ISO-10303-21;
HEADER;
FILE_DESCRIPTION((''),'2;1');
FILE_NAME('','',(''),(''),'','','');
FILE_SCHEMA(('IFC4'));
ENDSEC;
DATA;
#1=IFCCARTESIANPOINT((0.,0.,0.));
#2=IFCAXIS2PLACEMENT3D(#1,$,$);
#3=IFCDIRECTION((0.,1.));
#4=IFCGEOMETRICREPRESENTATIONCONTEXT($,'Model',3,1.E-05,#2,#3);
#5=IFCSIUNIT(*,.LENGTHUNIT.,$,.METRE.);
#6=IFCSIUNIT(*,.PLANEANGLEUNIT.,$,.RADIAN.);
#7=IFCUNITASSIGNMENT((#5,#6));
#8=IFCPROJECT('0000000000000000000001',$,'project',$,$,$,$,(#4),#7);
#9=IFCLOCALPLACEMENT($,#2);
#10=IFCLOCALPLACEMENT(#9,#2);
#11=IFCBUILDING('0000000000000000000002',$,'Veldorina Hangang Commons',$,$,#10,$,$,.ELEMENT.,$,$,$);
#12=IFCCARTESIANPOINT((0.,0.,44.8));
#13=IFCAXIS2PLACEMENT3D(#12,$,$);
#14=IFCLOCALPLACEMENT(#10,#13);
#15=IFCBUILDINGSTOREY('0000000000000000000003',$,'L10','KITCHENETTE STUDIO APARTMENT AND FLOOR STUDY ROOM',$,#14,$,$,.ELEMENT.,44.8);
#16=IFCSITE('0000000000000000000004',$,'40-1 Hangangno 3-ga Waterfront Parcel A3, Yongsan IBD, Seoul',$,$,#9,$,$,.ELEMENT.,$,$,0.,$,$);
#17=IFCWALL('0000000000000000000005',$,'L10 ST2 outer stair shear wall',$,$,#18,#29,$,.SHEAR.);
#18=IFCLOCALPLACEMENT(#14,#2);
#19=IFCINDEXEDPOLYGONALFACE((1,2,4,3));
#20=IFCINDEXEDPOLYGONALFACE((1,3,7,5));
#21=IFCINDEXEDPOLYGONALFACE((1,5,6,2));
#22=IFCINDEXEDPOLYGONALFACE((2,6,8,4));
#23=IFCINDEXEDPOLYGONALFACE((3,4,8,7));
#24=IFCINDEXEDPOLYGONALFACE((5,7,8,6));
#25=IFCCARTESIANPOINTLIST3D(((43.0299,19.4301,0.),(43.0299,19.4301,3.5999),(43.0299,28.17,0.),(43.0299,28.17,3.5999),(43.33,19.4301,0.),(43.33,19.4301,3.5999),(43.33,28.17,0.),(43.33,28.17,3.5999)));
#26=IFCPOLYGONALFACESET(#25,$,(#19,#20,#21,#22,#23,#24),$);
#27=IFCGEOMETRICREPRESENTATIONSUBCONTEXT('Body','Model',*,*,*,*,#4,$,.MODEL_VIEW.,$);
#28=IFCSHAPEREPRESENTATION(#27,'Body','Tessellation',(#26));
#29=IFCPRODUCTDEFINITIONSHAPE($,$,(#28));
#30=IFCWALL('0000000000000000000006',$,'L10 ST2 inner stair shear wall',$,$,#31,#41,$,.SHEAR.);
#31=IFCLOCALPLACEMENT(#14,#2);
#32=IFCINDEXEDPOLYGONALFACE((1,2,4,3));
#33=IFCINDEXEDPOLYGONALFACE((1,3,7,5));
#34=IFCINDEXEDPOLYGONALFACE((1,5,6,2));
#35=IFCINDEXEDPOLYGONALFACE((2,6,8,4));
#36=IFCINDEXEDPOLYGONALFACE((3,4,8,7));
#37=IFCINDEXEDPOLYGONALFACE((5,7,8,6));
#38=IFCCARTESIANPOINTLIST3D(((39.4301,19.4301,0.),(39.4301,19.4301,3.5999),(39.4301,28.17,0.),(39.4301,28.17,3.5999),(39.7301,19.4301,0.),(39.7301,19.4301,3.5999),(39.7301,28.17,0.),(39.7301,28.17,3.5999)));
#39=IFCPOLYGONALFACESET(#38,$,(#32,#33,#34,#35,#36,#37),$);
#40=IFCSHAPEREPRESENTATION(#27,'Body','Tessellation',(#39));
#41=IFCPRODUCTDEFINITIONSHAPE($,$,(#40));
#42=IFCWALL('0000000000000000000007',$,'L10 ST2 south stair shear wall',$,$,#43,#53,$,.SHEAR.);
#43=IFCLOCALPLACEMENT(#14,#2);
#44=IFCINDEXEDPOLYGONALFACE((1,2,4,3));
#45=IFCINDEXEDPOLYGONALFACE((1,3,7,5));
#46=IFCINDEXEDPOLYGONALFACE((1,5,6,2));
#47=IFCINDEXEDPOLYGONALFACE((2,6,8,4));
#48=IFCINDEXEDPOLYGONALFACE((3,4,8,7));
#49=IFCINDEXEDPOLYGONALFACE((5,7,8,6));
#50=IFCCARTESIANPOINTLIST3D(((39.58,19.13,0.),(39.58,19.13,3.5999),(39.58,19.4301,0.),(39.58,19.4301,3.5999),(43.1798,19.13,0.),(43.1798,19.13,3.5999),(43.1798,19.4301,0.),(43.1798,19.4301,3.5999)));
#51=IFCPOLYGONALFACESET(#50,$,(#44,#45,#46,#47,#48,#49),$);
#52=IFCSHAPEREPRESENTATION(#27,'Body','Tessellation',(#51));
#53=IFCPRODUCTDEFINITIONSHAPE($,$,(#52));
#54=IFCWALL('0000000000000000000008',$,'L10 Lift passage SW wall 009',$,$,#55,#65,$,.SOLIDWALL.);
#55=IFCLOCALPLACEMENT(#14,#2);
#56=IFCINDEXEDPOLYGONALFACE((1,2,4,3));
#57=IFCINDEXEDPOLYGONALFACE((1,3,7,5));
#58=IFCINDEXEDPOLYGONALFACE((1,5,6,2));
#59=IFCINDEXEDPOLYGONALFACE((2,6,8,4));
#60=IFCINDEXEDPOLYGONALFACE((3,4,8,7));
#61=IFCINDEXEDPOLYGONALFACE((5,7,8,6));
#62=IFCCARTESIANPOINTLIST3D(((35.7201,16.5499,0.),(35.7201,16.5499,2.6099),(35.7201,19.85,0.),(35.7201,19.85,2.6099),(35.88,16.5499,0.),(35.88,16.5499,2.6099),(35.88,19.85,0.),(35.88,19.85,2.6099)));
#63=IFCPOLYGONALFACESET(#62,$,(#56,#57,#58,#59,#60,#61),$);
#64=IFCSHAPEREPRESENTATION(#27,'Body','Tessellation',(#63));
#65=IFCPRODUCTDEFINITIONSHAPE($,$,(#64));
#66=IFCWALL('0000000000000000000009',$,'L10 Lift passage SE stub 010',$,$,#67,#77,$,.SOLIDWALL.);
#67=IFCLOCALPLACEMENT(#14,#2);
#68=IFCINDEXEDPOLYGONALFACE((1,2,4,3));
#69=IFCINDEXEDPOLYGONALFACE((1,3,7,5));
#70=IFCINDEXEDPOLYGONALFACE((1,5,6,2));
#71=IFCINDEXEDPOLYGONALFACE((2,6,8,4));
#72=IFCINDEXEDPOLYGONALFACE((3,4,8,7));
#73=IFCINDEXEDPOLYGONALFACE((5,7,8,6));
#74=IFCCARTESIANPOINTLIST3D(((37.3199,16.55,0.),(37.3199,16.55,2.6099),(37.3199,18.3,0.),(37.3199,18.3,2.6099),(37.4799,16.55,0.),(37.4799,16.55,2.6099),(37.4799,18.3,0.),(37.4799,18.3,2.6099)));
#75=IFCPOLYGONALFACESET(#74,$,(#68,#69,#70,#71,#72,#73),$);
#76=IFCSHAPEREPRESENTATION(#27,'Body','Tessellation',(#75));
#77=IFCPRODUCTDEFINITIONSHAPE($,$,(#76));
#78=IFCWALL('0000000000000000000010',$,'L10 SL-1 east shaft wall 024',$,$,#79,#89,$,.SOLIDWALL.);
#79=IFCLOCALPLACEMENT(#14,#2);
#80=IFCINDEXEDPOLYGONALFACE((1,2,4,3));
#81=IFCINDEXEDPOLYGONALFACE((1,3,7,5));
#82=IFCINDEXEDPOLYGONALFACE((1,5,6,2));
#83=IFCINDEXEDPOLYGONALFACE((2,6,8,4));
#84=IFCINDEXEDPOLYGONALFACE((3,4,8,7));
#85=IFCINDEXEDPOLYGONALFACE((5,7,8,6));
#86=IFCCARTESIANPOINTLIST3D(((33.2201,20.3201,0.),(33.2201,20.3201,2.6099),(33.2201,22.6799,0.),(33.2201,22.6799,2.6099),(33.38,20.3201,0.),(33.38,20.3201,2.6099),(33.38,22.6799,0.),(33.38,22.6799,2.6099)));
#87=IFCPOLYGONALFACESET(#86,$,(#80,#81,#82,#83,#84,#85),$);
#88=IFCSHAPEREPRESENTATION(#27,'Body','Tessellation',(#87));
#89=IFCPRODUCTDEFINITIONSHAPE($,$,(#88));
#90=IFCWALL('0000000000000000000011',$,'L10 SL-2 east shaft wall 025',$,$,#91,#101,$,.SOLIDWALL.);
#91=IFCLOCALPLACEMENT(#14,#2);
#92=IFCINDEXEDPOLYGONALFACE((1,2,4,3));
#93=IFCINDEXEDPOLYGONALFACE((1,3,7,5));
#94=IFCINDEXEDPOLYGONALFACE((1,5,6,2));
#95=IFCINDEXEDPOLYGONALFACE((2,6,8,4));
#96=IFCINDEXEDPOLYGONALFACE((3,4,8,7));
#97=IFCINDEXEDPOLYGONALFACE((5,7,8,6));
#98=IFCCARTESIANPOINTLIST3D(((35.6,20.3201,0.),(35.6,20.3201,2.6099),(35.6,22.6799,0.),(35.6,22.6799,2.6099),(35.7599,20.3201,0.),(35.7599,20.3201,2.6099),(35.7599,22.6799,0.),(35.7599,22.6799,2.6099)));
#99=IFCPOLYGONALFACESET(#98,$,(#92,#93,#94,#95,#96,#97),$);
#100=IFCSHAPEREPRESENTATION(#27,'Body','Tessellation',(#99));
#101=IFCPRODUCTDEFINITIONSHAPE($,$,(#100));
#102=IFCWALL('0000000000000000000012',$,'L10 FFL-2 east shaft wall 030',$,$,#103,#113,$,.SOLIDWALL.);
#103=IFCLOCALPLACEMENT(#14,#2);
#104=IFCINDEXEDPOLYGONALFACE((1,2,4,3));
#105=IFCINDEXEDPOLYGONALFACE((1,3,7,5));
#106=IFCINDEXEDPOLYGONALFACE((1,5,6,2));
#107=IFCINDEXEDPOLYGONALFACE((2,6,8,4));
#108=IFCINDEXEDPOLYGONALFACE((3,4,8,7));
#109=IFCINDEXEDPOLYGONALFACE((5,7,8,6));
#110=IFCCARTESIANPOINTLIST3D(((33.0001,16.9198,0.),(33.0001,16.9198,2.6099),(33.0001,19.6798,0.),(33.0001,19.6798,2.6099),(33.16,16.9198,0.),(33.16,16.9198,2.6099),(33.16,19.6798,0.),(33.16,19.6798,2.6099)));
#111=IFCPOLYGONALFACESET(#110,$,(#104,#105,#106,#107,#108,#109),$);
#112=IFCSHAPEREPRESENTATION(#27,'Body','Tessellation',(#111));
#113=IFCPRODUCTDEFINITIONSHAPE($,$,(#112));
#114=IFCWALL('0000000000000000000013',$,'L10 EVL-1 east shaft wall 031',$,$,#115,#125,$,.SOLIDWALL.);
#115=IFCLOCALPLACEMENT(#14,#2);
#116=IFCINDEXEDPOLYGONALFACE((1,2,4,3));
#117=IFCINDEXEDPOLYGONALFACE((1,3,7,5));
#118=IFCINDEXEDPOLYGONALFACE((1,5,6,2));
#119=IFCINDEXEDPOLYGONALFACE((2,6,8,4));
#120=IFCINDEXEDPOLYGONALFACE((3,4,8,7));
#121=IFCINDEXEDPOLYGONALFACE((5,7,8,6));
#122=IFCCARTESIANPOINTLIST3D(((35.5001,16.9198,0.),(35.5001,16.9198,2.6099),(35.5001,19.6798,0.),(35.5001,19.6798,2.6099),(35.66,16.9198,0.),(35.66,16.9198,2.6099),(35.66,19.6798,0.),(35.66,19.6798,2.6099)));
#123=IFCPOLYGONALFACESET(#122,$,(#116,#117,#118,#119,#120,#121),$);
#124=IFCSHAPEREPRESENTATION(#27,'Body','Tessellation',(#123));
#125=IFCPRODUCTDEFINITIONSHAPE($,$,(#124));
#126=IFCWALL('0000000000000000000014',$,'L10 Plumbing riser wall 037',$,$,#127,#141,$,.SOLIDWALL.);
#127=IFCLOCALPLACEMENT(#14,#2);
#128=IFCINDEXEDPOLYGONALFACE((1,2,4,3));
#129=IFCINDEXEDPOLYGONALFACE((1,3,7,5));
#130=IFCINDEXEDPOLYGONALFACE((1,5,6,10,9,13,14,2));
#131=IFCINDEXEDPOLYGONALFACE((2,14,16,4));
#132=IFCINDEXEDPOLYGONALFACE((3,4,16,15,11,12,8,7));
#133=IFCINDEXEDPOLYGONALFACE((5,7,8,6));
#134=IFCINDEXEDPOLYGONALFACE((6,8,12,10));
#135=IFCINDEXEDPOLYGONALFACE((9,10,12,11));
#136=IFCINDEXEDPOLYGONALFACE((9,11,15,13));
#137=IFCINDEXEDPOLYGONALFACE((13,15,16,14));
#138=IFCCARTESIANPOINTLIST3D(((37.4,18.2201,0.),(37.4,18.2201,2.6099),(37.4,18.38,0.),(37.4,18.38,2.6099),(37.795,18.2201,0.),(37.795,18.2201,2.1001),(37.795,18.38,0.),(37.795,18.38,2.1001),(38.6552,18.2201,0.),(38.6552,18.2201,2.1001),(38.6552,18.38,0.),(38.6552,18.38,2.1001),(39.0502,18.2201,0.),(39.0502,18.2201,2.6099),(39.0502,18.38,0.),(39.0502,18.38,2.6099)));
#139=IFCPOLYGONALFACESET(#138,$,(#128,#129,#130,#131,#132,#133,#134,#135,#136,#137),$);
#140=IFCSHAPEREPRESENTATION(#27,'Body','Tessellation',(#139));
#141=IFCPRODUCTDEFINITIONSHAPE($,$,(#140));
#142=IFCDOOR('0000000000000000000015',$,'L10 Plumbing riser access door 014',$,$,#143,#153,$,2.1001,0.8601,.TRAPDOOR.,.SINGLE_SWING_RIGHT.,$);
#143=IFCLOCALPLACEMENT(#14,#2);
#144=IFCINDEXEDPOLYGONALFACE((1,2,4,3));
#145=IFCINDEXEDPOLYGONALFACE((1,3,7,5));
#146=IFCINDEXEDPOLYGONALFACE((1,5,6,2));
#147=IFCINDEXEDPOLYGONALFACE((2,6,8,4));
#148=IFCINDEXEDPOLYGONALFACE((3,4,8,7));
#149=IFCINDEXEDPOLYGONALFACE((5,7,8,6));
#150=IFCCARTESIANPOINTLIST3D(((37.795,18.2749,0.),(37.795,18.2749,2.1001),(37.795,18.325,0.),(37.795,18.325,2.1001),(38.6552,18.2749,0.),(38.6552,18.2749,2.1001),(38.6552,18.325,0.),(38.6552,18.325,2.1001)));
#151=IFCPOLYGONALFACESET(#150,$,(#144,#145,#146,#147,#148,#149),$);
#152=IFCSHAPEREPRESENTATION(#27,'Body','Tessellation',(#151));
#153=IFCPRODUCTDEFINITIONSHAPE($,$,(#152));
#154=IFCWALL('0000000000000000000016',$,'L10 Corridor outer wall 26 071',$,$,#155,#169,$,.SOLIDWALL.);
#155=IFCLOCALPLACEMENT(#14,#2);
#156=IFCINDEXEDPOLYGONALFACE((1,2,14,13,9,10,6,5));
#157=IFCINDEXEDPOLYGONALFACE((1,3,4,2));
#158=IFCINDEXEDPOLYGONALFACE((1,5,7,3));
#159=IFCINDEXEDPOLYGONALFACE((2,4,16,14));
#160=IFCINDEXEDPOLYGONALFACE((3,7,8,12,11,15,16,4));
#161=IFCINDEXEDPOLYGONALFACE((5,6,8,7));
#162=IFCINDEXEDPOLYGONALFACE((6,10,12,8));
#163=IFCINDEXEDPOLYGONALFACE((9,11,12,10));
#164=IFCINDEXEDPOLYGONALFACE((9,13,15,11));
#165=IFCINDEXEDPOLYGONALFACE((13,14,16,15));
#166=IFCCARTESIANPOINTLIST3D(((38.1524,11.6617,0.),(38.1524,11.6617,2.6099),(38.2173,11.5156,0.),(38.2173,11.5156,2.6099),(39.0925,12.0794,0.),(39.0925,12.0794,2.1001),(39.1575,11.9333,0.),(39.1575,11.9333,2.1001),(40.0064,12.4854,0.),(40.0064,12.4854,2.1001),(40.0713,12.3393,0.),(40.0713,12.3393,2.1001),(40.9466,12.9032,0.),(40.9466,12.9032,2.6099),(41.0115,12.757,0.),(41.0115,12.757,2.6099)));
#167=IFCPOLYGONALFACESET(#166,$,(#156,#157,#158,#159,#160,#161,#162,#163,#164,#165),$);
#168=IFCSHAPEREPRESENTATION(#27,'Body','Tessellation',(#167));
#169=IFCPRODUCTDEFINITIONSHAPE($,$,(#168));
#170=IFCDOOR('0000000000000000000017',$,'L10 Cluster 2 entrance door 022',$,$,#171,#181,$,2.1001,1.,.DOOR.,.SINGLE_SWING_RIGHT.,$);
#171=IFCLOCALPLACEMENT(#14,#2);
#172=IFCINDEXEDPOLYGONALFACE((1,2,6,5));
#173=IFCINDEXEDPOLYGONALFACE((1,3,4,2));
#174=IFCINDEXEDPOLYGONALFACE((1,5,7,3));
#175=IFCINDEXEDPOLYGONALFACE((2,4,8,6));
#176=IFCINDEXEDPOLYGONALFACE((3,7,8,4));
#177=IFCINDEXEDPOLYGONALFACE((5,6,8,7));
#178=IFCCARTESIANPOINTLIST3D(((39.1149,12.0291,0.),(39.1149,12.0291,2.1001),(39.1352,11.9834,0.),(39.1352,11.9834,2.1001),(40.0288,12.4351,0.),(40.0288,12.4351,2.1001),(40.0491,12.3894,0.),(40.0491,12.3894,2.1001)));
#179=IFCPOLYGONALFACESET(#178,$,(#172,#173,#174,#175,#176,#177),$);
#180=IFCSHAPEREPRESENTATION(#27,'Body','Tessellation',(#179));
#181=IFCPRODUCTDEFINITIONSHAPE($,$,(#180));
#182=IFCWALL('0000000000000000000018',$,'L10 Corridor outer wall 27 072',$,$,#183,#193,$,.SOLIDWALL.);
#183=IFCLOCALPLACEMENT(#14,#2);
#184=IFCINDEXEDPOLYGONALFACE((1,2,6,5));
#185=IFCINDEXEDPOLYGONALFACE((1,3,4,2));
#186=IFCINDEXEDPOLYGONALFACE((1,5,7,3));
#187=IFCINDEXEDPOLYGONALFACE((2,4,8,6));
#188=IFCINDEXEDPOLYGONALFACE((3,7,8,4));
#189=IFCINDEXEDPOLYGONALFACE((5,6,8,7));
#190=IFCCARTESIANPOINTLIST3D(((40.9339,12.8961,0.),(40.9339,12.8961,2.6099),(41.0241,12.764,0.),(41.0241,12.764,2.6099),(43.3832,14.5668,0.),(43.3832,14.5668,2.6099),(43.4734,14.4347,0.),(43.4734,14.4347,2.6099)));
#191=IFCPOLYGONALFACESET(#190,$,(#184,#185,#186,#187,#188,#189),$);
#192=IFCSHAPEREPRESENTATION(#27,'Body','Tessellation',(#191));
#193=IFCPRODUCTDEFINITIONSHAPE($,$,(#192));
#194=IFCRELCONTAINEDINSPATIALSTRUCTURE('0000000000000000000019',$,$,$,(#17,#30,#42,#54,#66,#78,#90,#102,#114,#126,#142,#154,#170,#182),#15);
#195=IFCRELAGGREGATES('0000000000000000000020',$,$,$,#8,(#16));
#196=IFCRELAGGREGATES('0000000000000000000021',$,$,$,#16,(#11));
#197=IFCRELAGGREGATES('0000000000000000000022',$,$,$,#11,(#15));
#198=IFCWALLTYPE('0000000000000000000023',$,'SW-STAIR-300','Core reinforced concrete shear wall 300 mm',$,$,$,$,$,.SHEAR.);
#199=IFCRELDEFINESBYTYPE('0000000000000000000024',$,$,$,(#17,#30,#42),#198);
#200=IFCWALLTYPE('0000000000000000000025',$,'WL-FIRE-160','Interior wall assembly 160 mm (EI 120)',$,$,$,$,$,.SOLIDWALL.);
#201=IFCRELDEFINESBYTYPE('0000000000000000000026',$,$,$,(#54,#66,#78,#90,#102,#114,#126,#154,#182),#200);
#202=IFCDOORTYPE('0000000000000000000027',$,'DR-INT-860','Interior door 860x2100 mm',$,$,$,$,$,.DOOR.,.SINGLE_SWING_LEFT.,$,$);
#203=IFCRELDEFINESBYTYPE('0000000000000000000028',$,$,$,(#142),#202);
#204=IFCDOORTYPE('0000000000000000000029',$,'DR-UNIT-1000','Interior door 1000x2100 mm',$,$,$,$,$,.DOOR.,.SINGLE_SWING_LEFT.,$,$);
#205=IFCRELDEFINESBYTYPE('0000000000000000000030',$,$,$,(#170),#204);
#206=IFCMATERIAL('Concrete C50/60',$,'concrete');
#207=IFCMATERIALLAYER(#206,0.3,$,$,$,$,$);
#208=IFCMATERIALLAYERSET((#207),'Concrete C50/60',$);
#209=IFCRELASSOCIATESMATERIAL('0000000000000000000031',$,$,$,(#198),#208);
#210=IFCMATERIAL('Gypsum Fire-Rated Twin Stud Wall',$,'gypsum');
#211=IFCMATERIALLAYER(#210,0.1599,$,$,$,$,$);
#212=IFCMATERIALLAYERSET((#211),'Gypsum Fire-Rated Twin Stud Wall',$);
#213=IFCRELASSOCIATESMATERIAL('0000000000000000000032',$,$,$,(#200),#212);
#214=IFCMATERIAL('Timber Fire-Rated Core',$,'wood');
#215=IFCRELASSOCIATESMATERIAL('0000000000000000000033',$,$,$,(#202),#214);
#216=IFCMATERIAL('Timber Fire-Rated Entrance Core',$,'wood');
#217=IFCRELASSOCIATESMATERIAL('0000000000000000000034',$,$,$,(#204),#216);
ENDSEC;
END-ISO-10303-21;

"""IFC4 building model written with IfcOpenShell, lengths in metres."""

from ifc_helpers import new_model, si_unit, direction, frame, frame_2d, origin, place, context, subcontext, project, spatial, rectangle, extrude, material, layer, layer_set, type_object, element, fill, save


model = new_model("IFC4")

# Units and contexts
model_context = context("Model", 3, precision=1e-05, world=origin(), true_north=direction((0.0, 1.0)))
body_context = subcontext(model_context, "Body", "Model", "MODEL_VIEW")
ifc_project = project(units=[si_unit("LENGTHUNIT", "METRE"), si_unit("PLANEANGLEUNIT", "RADIAN")], contexts=[model_context])

# Site, building, storey
site_placement = place(None, origin())
site = spatial("IfcSite", under=ifc_project, at=site_placement, Name="40-1 Hangangno 3-ga Waterfront Parcel A3, Yongsan IBD, Seoul", CompositionType="ELEMENT", RefElevation=0.0)
building_placement = place(site_placement, origin())
building = spatial("IfcBuilding", under=site, at=building_placement, Name="Veldorina Hangang Commons", CompositionType="ELEMENT")
storey_placement = place(building_placement, frame((0.0, 0.0, 44.8)))
storey = spatial("IfcBuildingStorey", under=building, at=storey_placement, Name="L10", Description="KITCHENETTE STUDIO APARTMENT AND FLOOR STUDY ROOM", CompositionType="ELEMENT", Elevation=44.8)

# Walls
ifc_material_1 = material(Name="Concrete C50/60", Category="concrete")
ifc_layer_1 = layer(ifc_material_1, 0.3)
ifc_layer_set_1 = layer_set([ifc_layer_1], Name="Concrete C50/60")
wall_type_1 = type_object("IfcWallType", Name="SW-STAIR-300", Description="Core reinforced concrete shear wall 300 mm", PredefinedType="SHEAR", material=ifc_layer_set_1)
for number, where, z_axis, x_axis, name in (
    (1, (43.1799, 19.4299, 0.0), (0.0, 0.0, 1.0), (0.0, 1.0, 0.0), "L10 ST2 outer stair shear wall"),
    (2, (39.5801, 19.4299, 0.0), (0.0, 0.0, 1.0), (0.0, 1.0, 0.0), "L10 ST2 inner stair shear wall"),
):
    element("IfcWall", number, at=place(storey_placement, frame(where, z_axis=z_axis, x_axis=x_axis)), inside=storey, type_object=wall_type_1, Name=name, PredefinedType="SHEAR", context=body_context, shape_type="SweptSolid", body=[
        extrude(rectangle(XDim=8.74, YDim=0.3, at=frame_2d((4.3701, 0.0))), origin(), (0.0, 0.0, 1.0), 3.5999),
    ])
wall_1_placement = place(storey_placement, frame((39.5801, 19.28, 0.0), z_axis=(0.0, 0.0, 1.0), x_axis=(1.0, 0.0, 0.0)))
element("IfcWall", 3, at=wall_1_placement, inside=storey, type_object=wall_type_1, Name="L10 ST2 south stair shear wall", PredefinedType="SHEAR", context=body_context, shape_type="SweptSolid", body=[
    extrude(rectangle(XDim=3.5999, YDim=0.3, at=frame_2d((1.7998, 0.0))), origin(), (0.0, 0.0, 1.0), 3.5999),
])
ifc_material_2 = material(Name="Gypsum Fire-Rated Twin Stud Wall", Category="gypsum")
ifc_layer_2 = layer(ifc_material_2, 0.1599)
ifc_layer_set_2 = layer_set([ifc_layer_2], Name="Gypsum Fire-Rated Twin Stud Wall")
wall_type_2 = type_object("IfcWallType", Name="WL-FIRE-160", Description="Interior wall assembly 160 mm (EI 120)", PredefinedType="SOLIDWALL", material=ifc_layer_set_2)
wall_2_placement = place(storey_placement, frame((35.8, 16.55, 0.0), z_axis=(0.0, 0.0, 1.0), x_axis=(0.0, 1.0, 0.0)))
element("IfcWall", 4, at=wall_2_placement, inside=storey, type_object=wall_type_2, Name="L10 Lift passage SW wall 009", PredefinedType="SOLIDWALL", context=body_context, shape_type="SweptSolid", body=[
    extrude(rectangle(XDim=3.3, YDim=0.1599, at=frame_2d((1.6499, 0.0))), origin(), (0.0, 0.0, 1.0), 2.6099),
])
wall_3_placement = place(storey_placement, frame((37.3999, 16.55, 0.0), z_axis=(0.0, 0.0, 1.0), x_axis=(0.0, 1.0, 0.0)))
element("IfcWall", 5, at=wall_3_placement, inside=storey, type_object=wall_type_2, Name="L10 Lift passage SE stub 010", PredefinedType="SOLIDWALL", context=body_context, shape_type="SweptSolid", body=[
    extrude(rectangle(XDim=1.75, YDim=0.1599, at=frame_2d((0.875, 0.0))), origin(), (0.0, 0.0, 1.0), 2.6099),
])
for number, where, z_axis, x_axis, name in (
    (6, (33.3, 20.3201, 0.0), (0.0, 0.0, 1.0), (0.0, 1.0, 0.0), "L10 SL-1 east shaft wall 024"),
    (7, (35.6799, 20.3201, 0.0), (0.0, 0.0, 1.0), (0.0, 1.0, 0.0), "L10 SL-2 east shaft wall 025"),
):
    element("IfcWall", number, at=place(storey_placement, frame(where, z_axis=z_axis, x_axis=x_axis)), inside=storey, type_object=wall_type_2, Name=name, PredefinedType="SOLIDWALL", context=body_context, shape_type="SweptSolid", body=[
        extrude(rectangle(XDim=2.3599, YDim=0.1599, at=frame_2d((1.1799, 0.0))), origin(), (0.0, 0.0, 1.0), 2.6099),
    ])
for number, where, z_axis, x_axis, name in (
    (8, (33.0801, 16.9199, 0.0), (0.0, 0.0, 1.0), (0.0, 1.0, 0.0), "L10 FFL-2 east shaft wall 030"),
    (9, (35.5801, 16.9199, 0.0), (0.0, 0.0, 1.0), (0.0, 1.0, 0.0), "L10 EVL-1 east shaft wall 031"),
):
    element("IfcWall", number, at=place(storey_placement, frame(where, z_axis=z_axis, x_axis=x_axis)), inside=storey, type_object=wall_type_2, Name=name, PredefinedType="SOLIDWALL", context=body_context, shape_type="SweptSolid", body=[
        extrude(rectangle(XDim=2.76, YDim=0.1599, at=frame_2d((1.3799, 0.0))), origin(), (0.0, 0.0, 1.0), 2.6099),
    ])

# Walls, openings, doors
wall_4_placement = place(storey_placement, frame((37.3999, 18.3, 0.0), z_axis=(0.0, 0.0, 1.0), x_axis=(1.0, 0.0, 0.0)))
wall_4 = element("IfcWall", 10, at=wall_4_placement, inside=storey, type_object=wall_type_2, Name="L10 Plumbing riser wall 037", PredefinedType="SOLIDWALL", context=body_context, shape_type="SweptSolid", body=[
    extrude(rectangle(XDim=1.6501, YDim=0.1599, at=frame_2d((0.8252, 0.0))), origin(), (0.0, 0.0, 1.0), 2.6099),
])
opening_1_placement = place(wall_4_placement, frame((0.395, 0.0, 0.0)))
opening_1 = element("IfcOpeningElement", 11, at=opening_1_placement, cuts=wall_4, PredefinedType="OPENING", context=body_context, shape_type="SweptSolid", body=[
    extrude(rectangle(XDim=0.8601, YDim=2.1001, at=frame_2d((0.4302, 1.05))), frame((0.0, 0.0898, 0.0), z_axis=(0.0, -1.0, 0.0), x_axis=(1.0, 0.0, 0.0)), (0.0, 0.0, 1.0), 0.1799),
])
ifc_material_3 = material(Name="Timber Fire-Rated Core", Category="wood")
door_type_1 = type_object("IfcDoorType", Name="DR-INT-860", Description="Interior door 860x2100 mm", OperationType="SINGLE_SWING_LEFT", PredefinedType="DOOR", material=ifc_material_3)
door_1_placement = place(opening_1_placement, origin())
door_1 = element("IfcDoor", 12, at=door_1_placement, inside=storey, type_object=door_type_1, Name="L10 Plumbing riser access door 014", OperationType="SINGLE_SWING_RIGHT", OverallHeight=2.1001, OverallWidth=0.8601, PredefinedType="TRAPDOOR", context=body_context, shape_type="SweptSolid", body=[
    extrude(rectangle(XDim=0.8601, YDim=2.1001, at=frame_2d((0.4302, 1.05))), frame((0.0, 0.0249, 0.0), z_axis=(0.0, -1.0, 0.0), x_axis=(1.0, 0.0, 0.0)), (0.0, 0.0, 1.0), 0.05),
])
fill(opening_1, door_1)
wall_5_placement = place(storey_placement, frame((38.1848, 11.5886, 0.0), z_axis=(0.0, 0.0, 1.0), x_axis=(0.913861, 0.406027, 0.0)))
wall_5 = element("IfcWall", 13, at=wall_5_placement, inside=storey, type_object=wall_type_2, Name="L10 Corridor outer wall 26 071", PredefinedType="SOLIDWALL", context=body_context, shape_type="SweptSolid", body=[
    extrude(rectangle(XDim=3.0576, YDim=0.1599, at=frame_2d((1.5288, 0.0))), origin(), (0.0, 0.0, 1.0), 2.6099),
])
opening_2_placement = place(wall_5_placement, frame((1.0288, 0.0, 0.0)))
opening_2 = element("IfcOpeningElement", 14, at=opening_2_placement, cuts=wall_5, PredefinedType="OPENING", context=body_context, shape_type="SweptSolid", body=[
    extrude(rectangle(XDim=1.0, YDim=2.1001, at=frame_2d((0.5, 1.05))), frame((0.0, 0.0898, 0.0), z_axis=(0.0, -1.0, 0.0), x_axis=(1.0, 0.0, 0.0)), (0.0, 0.0, 1.0), 0.1799),
])
ifc_material_4 = material(Name="Timber Fire-Rated Entrance Core", Category="wood")
door_type_2 = type_object("IfcDoorType", Name="DR-UNIT-1000", Description="Interior door 1000x2100 mm", OperationType="SINGLE_SWING_LEFT", PredefinedType="DOOR", material=ifc_material_4)
door_2_placement = place(opening_2_placement, origin())
door_2 = element("IfcDoor", 15, at=door_2_placement, inside=storey, type_object=door_type_2, Name="L10 Cluster 2 entrance door 022", OperationType="SINGLE_SWING_RIGHT", OverallHeight=2.1001, OverallWidth=1.0, PredefinedType="DOOR", context=body_context, shape_type="SweptSolid", body=[
    extrude(rectangle(XDim=1.0, YDim=2.1001, at=frame_2d((0.5, 1.05))), frame((0.0, 0.0249, 0.0), z_axis=(0.0, -1.0, 0.0), x_axis=(1.0, 0.0, 0.0)), (0.0, 0.0, 1.0), 0.05),
])
fill(opening_2, door_2)

# Wall
wall_6_placement = place(storey_placement, frame((40.979, 12.8301, 0.0), z_axis=(0.0, 0.0, 1.0), x_axis=(0.826112, 0.563505, 0.0)))
element("IfcWall", 16, at=wall_6_placement, inside=storey, type_object=wall_type_2, Name="L10 Corridor outer wall 27 072", PredefinedType="SOLIDWALL", context=body_context, shape_type="SweptSolid", body=[
    extrude(rectangle(XDim=2.9648, YDim=0.1599, at=frame_2d((1.4824, 0.0))), origin(), (0.0, 0.0, 1.0), 2.6099),
])

save(model, "model.ifc")
